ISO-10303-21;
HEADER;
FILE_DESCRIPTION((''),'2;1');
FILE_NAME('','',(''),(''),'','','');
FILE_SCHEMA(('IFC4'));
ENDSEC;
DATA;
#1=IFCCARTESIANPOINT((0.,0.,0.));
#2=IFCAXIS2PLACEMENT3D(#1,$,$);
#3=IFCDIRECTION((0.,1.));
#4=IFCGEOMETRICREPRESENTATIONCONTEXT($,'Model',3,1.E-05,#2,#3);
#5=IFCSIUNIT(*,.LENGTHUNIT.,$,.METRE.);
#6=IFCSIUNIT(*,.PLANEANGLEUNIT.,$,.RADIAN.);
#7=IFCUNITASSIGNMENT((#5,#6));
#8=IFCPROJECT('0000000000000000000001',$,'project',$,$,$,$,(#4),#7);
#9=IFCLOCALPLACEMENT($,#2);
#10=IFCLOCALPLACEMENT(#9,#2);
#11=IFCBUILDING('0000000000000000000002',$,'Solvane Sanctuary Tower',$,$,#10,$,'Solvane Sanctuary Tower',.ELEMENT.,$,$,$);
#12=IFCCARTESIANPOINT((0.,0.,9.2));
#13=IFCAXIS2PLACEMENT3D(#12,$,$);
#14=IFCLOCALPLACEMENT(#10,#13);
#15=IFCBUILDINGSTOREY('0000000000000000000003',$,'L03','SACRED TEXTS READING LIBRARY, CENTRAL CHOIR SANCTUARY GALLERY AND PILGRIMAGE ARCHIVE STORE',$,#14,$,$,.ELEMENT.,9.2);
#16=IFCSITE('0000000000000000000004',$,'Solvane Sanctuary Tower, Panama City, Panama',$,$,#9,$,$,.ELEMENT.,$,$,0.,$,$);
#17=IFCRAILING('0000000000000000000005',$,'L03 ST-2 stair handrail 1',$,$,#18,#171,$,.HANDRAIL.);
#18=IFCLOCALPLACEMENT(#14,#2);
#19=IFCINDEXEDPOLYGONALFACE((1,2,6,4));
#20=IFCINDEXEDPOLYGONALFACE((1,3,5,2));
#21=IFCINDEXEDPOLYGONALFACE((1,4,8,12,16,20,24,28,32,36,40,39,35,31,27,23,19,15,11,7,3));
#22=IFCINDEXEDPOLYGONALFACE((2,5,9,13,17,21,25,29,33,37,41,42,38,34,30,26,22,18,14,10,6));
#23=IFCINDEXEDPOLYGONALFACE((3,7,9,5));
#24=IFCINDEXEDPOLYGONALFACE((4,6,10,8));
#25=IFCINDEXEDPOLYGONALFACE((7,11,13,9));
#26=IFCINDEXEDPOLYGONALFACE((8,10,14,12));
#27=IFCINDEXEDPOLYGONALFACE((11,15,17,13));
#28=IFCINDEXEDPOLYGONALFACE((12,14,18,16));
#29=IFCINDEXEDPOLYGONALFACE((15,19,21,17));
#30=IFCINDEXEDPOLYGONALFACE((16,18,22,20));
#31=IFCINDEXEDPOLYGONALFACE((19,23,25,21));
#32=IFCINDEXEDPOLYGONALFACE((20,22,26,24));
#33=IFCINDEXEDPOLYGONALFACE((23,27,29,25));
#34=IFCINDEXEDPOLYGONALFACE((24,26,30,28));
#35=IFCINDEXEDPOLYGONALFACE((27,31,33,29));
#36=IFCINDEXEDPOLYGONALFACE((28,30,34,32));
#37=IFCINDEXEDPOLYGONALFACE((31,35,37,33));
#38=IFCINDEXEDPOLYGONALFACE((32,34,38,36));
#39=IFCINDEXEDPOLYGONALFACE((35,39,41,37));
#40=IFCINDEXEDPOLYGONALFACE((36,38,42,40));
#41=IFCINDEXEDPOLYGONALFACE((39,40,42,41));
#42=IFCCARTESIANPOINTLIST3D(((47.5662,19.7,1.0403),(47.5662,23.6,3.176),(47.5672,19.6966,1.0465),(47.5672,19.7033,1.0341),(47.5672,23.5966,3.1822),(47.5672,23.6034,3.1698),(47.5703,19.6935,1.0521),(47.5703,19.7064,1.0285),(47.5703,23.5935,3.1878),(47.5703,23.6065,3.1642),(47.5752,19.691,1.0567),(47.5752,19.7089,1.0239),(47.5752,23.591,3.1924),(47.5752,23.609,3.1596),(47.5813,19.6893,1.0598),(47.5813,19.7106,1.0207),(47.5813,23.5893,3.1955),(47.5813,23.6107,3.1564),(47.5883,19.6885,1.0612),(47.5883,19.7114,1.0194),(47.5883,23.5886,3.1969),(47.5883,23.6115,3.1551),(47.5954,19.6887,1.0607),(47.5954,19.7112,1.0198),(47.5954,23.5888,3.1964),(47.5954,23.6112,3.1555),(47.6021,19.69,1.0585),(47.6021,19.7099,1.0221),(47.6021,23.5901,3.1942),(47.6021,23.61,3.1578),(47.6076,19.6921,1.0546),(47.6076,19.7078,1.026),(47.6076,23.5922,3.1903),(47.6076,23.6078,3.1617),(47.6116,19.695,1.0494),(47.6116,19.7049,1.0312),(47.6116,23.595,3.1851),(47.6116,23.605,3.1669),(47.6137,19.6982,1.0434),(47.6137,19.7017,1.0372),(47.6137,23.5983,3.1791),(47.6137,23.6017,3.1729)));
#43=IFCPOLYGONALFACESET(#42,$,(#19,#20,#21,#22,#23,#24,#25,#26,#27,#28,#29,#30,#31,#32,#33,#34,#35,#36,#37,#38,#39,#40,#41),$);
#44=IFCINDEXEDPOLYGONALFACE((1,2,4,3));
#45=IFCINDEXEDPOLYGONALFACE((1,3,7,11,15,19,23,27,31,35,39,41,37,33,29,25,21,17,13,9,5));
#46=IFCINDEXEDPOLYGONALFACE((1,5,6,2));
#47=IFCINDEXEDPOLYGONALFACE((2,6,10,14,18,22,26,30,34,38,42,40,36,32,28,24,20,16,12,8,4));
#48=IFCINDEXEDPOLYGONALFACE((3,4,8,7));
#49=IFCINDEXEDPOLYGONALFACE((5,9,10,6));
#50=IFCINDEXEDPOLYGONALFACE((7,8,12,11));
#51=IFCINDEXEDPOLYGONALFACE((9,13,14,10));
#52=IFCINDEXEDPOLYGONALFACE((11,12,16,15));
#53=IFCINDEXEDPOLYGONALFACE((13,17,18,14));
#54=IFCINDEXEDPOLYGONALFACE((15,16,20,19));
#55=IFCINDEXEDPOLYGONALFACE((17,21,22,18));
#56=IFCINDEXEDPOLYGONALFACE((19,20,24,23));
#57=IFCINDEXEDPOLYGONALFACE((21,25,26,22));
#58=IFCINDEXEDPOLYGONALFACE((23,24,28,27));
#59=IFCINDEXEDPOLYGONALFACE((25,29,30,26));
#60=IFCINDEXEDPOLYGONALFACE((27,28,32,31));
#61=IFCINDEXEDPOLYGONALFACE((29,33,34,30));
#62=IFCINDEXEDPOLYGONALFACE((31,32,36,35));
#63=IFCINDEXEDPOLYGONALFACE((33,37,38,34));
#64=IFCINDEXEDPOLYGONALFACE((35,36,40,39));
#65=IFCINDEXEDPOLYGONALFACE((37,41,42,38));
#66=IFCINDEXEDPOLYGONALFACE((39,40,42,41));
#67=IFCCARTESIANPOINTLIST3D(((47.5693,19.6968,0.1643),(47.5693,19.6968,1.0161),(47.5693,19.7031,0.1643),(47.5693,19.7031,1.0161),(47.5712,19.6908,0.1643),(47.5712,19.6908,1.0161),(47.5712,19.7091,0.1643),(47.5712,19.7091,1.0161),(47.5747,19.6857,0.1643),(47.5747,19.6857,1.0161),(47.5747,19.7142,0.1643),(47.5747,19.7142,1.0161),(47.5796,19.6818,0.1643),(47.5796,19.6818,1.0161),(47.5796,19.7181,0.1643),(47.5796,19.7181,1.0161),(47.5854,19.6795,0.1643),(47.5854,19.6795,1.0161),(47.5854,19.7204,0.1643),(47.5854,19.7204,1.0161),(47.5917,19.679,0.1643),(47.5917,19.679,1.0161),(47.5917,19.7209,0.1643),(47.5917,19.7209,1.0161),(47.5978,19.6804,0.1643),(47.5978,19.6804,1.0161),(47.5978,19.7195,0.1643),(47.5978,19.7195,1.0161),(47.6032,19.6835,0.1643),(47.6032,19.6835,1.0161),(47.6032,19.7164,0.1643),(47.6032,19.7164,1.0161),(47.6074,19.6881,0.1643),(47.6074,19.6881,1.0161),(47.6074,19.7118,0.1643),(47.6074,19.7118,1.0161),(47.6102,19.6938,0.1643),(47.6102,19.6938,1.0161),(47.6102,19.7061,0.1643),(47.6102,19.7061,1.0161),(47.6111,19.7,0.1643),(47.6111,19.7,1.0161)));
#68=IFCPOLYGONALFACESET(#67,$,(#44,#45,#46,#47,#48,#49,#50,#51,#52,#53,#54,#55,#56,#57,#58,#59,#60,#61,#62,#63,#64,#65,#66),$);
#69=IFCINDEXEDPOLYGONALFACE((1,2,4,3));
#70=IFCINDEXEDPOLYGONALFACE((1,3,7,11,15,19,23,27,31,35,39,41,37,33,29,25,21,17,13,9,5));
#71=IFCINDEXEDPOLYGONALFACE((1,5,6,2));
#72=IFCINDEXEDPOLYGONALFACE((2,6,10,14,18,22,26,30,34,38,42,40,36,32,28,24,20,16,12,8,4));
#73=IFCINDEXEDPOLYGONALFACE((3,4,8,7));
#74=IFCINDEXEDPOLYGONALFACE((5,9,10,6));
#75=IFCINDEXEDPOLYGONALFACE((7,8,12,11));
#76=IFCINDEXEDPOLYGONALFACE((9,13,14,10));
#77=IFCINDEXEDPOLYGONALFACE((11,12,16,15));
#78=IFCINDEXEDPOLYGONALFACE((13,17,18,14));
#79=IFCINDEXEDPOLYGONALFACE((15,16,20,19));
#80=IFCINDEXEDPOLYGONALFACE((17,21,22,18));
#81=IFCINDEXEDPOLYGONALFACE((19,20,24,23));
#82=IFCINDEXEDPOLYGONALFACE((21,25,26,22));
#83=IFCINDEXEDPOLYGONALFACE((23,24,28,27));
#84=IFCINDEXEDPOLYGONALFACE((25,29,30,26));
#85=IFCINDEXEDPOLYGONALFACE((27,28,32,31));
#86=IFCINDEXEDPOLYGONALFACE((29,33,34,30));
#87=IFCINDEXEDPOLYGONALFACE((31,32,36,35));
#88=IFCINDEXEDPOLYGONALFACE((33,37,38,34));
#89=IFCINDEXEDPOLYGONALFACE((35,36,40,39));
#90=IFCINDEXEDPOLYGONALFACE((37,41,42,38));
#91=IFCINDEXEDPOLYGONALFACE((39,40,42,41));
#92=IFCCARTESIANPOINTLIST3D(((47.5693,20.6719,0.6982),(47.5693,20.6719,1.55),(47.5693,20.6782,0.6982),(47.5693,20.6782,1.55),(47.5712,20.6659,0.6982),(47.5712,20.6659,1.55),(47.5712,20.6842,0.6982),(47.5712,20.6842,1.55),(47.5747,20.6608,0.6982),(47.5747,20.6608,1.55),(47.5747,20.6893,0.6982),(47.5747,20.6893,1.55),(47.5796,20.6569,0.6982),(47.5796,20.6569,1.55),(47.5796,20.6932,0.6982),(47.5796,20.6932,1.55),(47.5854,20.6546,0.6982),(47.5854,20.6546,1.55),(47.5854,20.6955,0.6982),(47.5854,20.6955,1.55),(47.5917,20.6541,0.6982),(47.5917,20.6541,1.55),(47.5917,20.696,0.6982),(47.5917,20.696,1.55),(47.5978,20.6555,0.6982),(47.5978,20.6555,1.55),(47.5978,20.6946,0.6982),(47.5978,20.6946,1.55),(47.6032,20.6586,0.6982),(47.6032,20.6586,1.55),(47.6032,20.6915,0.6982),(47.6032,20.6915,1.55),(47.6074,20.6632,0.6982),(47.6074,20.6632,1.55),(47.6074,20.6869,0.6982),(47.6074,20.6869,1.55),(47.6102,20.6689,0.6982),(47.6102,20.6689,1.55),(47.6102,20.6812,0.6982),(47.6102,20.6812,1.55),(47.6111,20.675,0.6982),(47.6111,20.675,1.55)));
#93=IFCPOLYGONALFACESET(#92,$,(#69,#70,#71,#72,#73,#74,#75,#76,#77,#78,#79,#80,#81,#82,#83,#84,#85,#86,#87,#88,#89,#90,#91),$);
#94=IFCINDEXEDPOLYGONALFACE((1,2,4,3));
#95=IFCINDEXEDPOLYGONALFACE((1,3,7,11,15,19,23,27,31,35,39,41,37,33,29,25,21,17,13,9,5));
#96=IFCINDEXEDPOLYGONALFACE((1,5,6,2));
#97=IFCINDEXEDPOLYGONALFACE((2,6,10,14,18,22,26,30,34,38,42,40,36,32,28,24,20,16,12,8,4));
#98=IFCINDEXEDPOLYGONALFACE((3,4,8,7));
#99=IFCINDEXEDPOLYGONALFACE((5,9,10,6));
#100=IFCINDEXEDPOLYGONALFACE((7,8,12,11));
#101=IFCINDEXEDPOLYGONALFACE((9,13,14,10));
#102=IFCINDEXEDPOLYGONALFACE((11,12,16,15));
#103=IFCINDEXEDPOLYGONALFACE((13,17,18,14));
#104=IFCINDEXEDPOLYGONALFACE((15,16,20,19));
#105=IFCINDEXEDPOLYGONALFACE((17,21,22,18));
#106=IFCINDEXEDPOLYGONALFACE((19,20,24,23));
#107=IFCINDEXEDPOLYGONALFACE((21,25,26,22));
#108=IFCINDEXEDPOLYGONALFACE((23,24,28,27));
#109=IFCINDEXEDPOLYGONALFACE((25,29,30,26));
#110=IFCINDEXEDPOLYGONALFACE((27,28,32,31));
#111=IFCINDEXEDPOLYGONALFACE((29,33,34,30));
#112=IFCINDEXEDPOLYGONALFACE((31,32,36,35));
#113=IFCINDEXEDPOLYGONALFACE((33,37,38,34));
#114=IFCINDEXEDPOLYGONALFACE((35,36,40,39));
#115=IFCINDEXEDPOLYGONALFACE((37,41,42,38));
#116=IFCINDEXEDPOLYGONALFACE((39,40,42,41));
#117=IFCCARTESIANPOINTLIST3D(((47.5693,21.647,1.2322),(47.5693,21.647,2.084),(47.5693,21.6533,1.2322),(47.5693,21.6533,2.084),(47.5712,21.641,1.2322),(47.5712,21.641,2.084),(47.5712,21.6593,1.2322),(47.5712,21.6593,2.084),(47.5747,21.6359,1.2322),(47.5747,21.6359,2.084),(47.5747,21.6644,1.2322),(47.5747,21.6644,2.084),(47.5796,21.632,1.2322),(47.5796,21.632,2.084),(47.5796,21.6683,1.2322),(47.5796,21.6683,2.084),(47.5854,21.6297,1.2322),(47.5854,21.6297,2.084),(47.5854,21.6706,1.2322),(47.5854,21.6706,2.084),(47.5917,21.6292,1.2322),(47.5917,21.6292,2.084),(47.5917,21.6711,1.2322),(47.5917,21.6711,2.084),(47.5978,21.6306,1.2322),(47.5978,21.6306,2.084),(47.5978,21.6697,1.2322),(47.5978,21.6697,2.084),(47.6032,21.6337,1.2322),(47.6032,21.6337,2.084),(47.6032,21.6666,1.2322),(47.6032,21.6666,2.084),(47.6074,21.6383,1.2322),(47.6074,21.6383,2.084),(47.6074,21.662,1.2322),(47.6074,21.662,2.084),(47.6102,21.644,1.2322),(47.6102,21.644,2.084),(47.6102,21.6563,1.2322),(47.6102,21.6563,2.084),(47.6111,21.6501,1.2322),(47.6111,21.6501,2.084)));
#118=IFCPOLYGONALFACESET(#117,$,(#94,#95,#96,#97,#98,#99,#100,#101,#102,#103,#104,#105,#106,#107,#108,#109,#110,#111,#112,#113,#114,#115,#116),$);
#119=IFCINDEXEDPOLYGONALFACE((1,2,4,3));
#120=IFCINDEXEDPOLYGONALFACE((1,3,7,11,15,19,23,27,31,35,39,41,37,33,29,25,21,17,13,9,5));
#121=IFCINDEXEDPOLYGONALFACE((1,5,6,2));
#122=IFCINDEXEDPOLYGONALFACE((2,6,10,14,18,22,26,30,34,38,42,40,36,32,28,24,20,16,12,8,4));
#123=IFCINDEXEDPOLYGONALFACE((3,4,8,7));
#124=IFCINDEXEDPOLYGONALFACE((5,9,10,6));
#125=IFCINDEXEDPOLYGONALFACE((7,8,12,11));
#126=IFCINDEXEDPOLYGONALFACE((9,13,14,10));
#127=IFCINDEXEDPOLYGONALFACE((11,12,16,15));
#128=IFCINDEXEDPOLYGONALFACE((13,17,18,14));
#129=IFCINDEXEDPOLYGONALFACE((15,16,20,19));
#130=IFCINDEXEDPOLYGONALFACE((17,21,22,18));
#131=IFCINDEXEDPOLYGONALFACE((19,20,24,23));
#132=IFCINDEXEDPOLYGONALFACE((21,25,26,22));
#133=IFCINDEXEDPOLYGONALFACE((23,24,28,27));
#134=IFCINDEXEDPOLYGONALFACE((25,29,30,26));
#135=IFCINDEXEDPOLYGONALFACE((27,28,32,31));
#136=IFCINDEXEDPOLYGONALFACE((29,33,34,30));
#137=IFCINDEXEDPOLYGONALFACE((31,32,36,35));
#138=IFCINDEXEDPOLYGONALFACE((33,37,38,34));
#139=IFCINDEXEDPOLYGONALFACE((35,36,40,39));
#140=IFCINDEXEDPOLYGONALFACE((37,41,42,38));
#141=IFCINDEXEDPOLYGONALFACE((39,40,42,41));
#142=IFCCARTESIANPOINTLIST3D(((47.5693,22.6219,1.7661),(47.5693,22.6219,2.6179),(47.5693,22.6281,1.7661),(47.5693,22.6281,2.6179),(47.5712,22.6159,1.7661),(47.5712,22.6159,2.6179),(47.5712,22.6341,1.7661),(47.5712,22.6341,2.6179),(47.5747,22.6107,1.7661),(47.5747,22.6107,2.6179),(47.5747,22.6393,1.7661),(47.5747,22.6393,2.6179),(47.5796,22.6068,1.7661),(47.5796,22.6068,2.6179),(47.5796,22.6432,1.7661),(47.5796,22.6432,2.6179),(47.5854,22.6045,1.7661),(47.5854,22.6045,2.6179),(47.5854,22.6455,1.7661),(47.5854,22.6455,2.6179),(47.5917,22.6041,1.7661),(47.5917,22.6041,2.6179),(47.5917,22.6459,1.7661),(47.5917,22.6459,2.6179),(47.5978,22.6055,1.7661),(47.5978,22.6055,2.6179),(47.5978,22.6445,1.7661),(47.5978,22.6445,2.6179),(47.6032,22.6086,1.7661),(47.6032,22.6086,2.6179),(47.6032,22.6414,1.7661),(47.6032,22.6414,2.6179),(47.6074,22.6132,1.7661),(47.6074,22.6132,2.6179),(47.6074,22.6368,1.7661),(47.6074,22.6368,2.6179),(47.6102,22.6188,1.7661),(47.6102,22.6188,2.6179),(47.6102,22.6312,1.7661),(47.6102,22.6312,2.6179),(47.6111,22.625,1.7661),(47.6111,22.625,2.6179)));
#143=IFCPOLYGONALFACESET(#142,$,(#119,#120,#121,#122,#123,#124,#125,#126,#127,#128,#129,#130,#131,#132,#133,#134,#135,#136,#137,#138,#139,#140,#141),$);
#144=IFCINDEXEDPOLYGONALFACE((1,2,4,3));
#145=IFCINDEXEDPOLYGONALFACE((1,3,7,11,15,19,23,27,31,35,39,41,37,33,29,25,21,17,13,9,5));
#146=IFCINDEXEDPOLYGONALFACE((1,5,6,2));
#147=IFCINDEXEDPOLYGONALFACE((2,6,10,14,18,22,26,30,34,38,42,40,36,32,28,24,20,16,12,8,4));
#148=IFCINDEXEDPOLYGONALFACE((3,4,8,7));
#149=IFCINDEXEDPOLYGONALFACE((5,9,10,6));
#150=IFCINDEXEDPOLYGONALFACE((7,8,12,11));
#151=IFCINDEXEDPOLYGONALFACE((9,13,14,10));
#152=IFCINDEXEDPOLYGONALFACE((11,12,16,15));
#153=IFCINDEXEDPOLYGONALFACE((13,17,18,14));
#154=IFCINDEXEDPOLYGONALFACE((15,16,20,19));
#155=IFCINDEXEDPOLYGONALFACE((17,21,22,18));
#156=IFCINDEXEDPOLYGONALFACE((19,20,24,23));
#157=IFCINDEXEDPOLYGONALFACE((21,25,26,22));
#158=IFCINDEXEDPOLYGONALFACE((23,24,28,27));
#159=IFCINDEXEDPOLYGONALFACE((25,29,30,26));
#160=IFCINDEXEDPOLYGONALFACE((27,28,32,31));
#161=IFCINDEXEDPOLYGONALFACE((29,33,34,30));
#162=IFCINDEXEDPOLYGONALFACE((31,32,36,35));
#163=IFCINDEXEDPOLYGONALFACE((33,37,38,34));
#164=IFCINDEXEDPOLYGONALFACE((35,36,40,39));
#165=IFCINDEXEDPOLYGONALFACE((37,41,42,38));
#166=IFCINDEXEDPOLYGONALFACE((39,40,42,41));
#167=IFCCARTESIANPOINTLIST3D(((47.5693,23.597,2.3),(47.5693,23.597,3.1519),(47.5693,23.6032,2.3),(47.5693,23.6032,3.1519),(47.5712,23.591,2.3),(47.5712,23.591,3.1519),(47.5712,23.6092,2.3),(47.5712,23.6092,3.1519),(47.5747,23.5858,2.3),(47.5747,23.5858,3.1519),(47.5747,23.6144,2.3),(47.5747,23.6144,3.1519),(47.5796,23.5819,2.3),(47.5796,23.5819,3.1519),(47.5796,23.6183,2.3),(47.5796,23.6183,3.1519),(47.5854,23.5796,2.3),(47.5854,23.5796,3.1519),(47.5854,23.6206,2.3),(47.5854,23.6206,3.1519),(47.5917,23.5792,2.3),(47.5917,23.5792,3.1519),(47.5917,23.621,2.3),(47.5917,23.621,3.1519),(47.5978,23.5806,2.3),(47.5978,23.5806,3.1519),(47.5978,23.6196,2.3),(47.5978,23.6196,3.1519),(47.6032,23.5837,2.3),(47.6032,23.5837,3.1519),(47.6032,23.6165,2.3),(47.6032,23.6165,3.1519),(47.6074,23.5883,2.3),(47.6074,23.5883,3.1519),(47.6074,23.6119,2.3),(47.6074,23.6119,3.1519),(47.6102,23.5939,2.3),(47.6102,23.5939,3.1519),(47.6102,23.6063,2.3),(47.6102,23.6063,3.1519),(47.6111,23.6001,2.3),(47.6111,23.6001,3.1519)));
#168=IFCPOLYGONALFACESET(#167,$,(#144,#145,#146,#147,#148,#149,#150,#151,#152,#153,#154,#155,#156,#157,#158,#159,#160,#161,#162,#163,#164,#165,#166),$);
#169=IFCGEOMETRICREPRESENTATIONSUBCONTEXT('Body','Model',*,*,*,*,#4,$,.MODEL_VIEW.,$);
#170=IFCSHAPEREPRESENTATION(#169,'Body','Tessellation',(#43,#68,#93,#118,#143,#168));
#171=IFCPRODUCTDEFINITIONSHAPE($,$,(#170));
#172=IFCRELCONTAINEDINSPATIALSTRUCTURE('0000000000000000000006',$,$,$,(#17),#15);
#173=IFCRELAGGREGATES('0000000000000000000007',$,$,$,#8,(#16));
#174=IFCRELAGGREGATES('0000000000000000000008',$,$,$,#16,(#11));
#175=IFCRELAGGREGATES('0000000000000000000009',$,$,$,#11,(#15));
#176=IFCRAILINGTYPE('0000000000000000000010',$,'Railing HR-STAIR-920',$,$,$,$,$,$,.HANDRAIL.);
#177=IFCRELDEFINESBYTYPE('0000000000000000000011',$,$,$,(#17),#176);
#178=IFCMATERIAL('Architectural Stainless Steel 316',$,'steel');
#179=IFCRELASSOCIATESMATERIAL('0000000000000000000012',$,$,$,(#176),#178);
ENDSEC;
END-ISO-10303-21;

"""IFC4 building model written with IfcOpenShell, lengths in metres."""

from ifc_helpers import new_model, si_unit, direction, frame, origin, origin_2d, place, context, subcontext, project, spatial, circle, extrude, material, type_object, element, save


model = new_model("IFC4")

# Units and contexts
model_context = context("Model", 3, precision=1e-05, world=origin(), true_north=direction((0.0, 1.0)))
body_context = subcontext(model_context, "Body", "Model", "MODEL_VIEW")
ifc_project = project(units=[si_unit("LENGTHUNIT", "METRE"), si_unit("PLANEANGLEUNIT", "RADIAN")], contexts=[model_context])

# Site, building, storey
site_placement = place(None, origin())
site = spatial("IfcSite", under=ifc_project, at=site_placement, Name="Solvane Sanctuary Tower, Panama City, Panama", CompositionType="ELEMENT", RefElevation=0.0)
building_placement = place(site_placement, origin())
building = spatial("IfcBuilding", under=site, at=building_placement, Name="Solvane Sanctuary Tower", LongName="Solvane Sanctuary Tower", CompositionType="ELEMENT")
storey_placement = place(building_placement, frame((0.0, 0.0, 9.2)))
storey = spatial("IfcBuildingStorey", under=building, at=storey_placement, Name="L03", Description="SACRED TEXTS READING LIBRARY, CENTRAL CHOIR SANCTUARY GALLERY AND PILGRIMAGE ARCHIVE STORE", CompositionType="ELEMENT", Elevation=9.2)

# Railing
ifc_material_1 = material(Name="Architectural Stainless Steel 316", Category="steel")
railing_type_1 = type_object("IfcRailingType", Name="Railing HR-STAIR-920", PredefinedType="HANDRAIL", material=ifc_material_1)
railing_1_placement = place(storey_placement, frame((47.5901, 19.7, 0.1643)))
element("IfcRailing", 1, at=railing_1_placement, inside=storey, type_object=railing_type_1, Name="L03 ST-2 stair handrail 1", PredefinedType="HANDRAIL", context=body_context, shape_type="SweptSolid", body=[
    extrude(circle(Radius=0.0239, at=origin_2d()), frame((0.0, 0.0, 0.876), z_axis=(0.0, 0.877101, 0.480306), x_axis=(-1.0, 0.0, 0.0)), (0.0, 0.0, 1.0), 4.4465),
    extrude(circle(Radius=0.021, at=origin_2d()), origin(), (0.0, 0.0, 1.0), 0.8518),
    extrude(circle(Radius=0.021, at=origin_2d()), frame((0.0, 0.9751, 0.5339)), (0.0, 0.0, 1.0), 0.8518),
    extrude(circle(Radius=0.021, at=origin_2d()), frame((0.0, 1.9502, 1.0679)), (0.0, 0.0, 1.0), 0.8518),
    extrude(circle(Radius=0.021, at=origin_2d()), frame((0.0, 2.925, 1.6018)), (0.0, 0.0, 1.0), 0.8518),
    extrude(circle(Radius=0.021, at=origin_2d()), frame((0.0, 3.9001, 2.1357)), (0.0, 0.0, 1.0), 0.8518),
])

save(model, "model.ifc")
